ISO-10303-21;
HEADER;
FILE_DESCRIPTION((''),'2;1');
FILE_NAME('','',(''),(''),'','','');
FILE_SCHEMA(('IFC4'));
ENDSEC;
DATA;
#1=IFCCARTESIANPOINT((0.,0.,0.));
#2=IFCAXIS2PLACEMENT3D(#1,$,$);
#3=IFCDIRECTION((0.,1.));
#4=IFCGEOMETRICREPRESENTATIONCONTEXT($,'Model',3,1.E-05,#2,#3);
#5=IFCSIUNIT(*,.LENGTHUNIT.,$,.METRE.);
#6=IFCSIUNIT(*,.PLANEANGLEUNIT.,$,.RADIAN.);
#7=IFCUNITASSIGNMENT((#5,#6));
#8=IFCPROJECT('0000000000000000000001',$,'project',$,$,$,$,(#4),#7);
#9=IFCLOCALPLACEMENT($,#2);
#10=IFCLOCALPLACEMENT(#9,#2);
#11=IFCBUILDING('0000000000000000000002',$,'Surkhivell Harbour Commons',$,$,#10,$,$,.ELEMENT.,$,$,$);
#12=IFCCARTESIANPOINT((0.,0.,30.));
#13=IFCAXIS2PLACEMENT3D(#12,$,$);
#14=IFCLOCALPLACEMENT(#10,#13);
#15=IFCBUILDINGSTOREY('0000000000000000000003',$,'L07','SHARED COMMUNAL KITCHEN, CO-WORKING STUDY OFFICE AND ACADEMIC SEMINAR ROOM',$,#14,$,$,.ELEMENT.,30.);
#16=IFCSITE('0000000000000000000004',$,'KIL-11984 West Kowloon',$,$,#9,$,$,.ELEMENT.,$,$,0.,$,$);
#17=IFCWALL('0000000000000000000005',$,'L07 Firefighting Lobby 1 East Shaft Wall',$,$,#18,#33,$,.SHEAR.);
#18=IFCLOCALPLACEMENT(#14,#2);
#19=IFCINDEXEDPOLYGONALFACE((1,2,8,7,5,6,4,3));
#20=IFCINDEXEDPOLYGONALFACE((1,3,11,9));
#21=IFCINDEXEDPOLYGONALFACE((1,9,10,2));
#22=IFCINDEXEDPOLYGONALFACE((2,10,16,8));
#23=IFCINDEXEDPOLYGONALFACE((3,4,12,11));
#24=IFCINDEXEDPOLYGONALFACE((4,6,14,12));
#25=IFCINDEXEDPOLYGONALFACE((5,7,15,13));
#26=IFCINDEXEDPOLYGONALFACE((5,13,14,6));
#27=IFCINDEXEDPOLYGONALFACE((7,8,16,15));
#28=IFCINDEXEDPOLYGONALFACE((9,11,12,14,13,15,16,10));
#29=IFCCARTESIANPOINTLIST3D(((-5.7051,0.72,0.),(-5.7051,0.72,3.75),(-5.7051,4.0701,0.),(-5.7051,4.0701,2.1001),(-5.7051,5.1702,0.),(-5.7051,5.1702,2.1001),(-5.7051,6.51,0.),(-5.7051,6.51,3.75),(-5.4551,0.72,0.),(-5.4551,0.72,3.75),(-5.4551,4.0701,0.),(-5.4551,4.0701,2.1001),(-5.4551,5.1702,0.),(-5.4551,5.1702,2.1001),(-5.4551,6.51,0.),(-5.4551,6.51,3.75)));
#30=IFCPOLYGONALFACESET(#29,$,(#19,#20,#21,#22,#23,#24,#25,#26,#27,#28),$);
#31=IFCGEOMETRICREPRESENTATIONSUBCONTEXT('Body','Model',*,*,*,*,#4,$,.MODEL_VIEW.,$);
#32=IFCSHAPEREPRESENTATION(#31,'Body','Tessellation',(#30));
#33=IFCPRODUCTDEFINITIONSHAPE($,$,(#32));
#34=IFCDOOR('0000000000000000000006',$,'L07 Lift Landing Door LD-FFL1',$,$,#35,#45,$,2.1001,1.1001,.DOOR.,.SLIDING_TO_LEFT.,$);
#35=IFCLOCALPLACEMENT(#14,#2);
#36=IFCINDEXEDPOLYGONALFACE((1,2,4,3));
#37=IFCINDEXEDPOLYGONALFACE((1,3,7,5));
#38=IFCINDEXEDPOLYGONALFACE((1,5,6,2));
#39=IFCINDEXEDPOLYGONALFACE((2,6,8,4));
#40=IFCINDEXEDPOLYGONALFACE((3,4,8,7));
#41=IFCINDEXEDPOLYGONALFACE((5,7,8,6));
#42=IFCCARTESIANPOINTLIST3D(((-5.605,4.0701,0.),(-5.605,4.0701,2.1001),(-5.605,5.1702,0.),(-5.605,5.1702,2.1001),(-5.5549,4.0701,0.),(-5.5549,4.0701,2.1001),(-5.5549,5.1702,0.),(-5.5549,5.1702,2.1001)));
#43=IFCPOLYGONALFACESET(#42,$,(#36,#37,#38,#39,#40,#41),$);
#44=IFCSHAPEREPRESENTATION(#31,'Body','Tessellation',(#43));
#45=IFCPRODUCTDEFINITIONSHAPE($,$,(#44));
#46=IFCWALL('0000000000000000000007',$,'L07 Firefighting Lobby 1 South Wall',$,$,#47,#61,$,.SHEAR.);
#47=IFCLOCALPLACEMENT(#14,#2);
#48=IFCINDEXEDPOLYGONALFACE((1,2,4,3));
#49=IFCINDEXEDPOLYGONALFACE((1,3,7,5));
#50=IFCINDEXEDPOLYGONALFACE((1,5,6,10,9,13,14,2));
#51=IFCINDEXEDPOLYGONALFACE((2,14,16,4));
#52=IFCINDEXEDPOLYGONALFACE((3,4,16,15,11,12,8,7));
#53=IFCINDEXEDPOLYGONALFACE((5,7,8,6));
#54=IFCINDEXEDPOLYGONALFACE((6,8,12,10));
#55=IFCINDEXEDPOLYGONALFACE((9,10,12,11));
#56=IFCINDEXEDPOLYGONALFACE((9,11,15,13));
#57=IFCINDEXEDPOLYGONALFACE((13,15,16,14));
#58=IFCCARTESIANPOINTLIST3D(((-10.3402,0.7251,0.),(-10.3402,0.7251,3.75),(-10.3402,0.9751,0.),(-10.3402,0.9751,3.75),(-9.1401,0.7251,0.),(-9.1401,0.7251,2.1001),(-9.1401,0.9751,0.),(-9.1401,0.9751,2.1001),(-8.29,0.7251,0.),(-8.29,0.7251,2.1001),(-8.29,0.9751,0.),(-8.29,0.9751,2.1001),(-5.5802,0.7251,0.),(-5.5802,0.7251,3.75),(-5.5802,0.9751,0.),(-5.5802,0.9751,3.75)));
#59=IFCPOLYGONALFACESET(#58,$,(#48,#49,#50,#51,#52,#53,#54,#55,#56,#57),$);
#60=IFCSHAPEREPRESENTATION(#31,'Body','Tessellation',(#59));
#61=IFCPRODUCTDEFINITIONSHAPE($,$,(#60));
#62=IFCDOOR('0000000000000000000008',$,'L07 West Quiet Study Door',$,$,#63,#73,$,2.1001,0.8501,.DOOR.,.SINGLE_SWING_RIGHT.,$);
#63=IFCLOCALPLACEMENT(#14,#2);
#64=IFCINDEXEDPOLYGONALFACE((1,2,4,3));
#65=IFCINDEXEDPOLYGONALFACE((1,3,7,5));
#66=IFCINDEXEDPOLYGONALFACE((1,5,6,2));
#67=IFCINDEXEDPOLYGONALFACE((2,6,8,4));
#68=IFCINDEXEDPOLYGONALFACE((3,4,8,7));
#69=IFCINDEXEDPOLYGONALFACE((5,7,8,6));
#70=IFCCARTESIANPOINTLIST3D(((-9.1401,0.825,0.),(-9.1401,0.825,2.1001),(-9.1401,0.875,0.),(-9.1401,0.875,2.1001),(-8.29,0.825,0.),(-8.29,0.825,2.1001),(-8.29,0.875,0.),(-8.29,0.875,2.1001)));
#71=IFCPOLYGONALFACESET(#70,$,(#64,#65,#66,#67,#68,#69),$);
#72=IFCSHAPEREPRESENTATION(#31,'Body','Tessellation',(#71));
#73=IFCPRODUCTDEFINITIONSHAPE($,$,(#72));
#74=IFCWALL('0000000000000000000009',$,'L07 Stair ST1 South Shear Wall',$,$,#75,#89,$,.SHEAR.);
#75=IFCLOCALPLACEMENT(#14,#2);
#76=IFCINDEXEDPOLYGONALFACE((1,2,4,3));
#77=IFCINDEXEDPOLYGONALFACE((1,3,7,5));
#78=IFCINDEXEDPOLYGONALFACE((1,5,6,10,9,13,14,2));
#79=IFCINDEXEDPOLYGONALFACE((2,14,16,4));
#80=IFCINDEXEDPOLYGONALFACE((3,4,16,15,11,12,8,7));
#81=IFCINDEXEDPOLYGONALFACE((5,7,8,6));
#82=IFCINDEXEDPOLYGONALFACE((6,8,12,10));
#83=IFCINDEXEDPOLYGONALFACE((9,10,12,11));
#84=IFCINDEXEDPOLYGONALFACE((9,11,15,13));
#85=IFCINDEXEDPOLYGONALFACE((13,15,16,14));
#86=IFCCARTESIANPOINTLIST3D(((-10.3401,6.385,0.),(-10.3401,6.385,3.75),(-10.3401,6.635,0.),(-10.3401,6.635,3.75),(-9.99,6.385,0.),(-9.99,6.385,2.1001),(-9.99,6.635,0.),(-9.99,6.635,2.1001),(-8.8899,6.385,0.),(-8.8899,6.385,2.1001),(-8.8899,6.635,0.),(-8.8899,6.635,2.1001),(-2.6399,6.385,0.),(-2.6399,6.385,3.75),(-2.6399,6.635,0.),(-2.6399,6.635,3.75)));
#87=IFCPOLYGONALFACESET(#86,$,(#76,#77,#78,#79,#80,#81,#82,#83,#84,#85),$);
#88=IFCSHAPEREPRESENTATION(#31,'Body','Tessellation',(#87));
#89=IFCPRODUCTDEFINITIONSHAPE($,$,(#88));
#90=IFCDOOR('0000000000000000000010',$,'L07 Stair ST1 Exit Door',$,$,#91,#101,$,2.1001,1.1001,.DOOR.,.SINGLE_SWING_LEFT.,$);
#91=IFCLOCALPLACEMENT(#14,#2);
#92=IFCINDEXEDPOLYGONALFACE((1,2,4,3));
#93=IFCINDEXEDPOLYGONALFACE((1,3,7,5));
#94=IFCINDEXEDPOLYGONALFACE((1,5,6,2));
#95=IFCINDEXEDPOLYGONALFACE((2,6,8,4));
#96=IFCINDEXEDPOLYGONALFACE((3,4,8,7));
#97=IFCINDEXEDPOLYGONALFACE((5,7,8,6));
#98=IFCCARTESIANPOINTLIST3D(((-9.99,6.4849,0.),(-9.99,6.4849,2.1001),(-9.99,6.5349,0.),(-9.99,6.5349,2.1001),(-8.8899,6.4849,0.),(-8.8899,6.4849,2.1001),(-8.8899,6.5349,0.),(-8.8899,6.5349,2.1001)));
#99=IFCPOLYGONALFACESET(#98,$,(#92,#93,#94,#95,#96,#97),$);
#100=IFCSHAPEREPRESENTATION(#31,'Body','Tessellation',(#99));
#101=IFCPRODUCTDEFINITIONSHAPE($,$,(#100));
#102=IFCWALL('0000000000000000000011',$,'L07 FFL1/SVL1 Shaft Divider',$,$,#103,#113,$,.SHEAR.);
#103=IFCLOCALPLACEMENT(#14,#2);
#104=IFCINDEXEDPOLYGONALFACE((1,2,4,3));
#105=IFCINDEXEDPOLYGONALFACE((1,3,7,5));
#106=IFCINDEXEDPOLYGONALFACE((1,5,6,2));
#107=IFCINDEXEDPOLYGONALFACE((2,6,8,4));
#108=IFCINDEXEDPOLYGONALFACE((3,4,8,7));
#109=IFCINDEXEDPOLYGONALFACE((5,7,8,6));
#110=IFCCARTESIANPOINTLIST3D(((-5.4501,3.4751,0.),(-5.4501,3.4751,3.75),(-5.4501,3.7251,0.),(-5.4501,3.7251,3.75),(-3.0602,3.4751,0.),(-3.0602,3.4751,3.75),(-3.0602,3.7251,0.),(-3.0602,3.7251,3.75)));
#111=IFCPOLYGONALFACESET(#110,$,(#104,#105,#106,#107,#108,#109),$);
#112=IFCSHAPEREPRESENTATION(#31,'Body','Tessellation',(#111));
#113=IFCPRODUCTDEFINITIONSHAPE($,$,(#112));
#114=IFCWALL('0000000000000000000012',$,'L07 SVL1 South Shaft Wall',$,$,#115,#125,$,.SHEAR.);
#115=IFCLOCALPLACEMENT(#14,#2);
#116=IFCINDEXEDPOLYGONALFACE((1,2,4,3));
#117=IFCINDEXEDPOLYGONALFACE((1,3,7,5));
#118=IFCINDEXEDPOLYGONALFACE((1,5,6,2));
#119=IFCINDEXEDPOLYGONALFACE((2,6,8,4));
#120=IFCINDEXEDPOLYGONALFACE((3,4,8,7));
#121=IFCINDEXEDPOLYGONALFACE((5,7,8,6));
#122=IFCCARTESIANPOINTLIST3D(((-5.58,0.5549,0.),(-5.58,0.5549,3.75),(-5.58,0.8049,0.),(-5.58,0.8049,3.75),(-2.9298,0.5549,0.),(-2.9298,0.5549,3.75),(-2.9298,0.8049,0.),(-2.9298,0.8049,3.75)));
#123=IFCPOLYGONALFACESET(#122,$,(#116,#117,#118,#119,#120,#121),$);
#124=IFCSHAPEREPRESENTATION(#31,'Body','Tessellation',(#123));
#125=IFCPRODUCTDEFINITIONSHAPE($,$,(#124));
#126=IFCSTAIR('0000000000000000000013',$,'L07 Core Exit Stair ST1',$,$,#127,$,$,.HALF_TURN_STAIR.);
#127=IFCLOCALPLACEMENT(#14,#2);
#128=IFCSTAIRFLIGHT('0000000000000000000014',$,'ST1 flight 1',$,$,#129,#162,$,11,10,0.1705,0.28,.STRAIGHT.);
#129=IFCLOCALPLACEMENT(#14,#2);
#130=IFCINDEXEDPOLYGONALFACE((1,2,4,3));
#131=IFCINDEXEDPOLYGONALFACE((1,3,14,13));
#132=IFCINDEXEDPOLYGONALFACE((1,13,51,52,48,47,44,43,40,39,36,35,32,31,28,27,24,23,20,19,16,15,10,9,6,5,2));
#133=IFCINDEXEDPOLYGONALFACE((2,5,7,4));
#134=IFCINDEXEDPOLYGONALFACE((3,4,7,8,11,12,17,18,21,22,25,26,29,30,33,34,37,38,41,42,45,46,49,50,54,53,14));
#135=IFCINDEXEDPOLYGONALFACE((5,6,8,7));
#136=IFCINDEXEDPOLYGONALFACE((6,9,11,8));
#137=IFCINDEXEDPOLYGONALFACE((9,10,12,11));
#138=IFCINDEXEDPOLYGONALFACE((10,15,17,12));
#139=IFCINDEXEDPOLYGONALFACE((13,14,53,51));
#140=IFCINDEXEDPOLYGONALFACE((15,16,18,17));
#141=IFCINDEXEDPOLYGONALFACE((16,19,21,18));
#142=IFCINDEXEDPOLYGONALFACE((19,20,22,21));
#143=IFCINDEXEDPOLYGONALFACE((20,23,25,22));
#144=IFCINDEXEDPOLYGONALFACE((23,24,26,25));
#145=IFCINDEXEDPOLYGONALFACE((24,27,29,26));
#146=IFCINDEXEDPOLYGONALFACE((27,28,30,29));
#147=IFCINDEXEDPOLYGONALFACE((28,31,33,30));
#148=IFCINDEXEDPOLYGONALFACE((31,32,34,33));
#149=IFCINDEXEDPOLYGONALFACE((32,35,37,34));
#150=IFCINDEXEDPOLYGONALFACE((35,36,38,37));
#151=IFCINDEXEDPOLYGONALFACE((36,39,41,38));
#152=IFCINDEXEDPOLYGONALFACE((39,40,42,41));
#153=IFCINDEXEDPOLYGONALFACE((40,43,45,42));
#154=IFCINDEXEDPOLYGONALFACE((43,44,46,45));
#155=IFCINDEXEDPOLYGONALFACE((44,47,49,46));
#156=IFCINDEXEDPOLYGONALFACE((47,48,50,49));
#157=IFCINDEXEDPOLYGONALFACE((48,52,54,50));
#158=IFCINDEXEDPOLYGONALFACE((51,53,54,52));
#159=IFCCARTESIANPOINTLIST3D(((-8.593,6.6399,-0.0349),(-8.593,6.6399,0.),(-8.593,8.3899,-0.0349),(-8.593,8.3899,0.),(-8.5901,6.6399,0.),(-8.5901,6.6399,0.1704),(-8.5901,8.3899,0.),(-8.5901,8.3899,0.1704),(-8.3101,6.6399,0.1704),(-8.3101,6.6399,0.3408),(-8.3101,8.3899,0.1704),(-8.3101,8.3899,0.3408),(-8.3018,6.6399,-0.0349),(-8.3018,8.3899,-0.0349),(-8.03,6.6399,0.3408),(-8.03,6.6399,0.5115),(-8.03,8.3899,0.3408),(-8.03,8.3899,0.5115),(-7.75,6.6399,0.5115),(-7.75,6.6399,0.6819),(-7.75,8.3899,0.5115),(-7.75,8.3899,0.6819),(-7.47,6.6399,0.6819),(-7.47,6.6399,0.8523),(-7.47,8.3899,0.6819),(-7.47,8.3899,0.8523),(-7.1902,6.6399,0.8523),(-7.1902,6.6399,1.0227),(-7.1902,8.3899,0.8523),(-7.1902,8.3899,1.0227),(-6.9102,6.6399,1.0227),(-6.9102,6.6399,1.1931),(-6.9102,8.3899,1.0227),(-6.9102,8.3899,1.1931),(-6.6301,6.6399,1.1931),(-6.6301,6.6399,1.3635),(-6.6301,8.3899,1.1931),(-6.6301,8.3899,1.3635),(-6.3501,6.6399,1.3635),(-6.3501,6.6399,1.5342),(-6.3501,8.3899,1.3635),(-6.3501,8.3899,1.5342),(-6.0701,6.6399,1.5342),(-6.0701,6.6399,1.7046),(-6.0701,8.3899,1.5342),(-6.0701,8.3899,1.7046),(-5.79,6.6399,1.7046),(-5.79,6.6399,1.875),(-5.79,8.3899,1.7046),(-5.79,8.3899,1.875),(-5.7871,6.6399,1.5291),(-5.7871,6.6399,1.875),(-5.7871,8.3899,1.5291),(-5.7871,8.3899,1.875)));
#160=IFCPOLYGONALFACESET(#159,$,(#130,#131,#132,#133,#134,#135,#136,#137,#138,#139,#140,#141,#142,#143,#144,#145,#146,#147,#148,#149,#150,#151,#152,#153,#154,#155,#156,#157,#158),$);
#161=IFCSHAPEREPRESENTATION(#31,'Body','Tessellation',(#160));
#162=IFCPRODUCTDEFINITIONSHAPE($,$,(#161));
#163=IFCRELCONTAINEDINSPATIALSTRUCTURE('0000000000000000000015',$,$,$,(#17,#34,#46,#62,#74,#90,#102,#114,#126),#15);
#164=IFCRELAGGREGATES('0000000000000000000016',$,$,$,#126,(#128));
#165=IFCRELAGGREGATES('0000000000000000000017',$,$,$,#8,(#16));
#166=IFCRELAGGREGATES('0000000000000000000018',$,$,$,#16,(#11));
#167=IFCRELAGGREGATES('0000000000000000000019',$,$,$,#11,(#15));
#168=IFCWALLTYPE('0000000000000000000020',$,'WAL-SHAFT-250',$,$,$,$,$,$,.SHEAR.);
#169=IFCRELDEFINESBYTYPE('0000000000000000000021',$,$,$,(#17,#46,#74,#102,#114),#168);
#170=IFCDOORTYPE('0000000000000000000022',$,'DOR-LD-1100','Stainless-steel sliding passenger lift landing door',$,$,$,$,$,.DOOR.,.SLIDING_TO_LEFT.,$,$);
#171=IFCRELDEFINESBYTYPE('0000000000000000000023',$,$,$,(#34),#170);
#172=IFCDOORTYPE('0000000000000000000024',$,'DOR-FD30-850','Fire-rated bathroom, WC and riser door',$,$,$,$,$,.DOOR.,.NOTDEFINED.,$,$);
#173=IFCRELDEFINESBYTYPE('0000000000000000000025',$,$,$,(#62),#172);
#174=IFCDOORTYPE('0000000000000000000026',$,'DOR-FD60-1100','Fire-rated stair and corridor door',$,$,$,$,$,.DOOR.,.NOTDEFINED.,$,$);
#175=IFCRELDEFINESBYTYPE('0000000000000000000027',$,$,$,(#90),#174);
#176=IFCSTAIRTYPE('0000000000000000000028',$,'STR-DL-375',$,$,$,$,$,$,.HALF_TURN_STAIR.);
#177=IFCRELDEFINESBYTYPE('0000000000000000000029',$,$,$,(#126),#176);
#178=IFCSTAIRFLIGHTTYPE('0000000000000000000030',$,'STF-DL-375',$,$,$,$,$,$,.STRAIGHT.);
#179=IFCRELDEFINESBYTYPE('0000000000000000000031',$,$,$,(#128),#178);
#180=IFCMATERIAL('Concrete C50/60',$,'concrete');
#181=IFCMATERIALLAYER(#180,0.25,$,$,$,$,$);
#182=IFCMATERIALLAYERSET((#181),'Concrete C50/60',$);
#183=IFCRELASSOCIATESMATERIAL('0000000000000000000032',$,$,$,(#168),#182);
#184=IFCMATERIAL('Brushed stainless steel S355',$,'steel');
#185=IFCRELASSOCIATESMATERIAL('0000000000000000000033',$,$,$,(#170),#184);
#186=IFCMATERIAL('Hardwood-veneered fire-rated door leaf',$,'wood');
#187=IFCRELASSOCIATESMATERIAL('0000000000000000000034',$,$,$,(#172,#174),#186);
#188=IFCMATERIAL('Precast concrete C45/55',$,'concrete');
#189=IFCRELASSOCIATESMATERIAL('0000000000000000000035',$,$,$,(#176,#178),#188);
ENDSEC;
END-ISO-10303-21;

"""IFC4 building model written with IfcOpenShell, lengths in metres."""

from ifc_helpers import new_model, si_unit, direction, frame, frame_2d, origin, place, context, subcontext, project, spatial, polyline, rectangle, outline, extrude, material, layer, layer_set, type_object, element, fill, aggregate, save


model = new_model("IFC4")

# Units and contexts
model_context = context("Model", 3, precision=1e-05, world=origin(), true_north=direction((0.0, 1.0)))
body_context = subcontext(model_context, "Body", "Model", "MODEL_VIEW")
ifc_project = project(units=[si_unit("LENGTHUNIT", "METRE"), si_unit("PLANEANGLEUNIT", "RADIAN")], contexts=[model_context])

# Site, building, storey
site_placement = place(None, origin())
site = spatial("IfcSite", under=ifc_project, at=site_placement, Name="KIL-11984 West Kowloon", CompositionType="ELEMENT", RefElevation=0.0)
building_placement = place(site_placement, origin())
building = spatial("IfcBuilding", under=site, at=building_placement, Name="Surkhivell Harbour Commons", CompositionType="ELEMENT")
storey_placement = place(building_placement, frame((0.0, 0.0, 30.0)))
storey = spatial("IfcBuildingStorey", under=building, at=storey_placement, Name="L07", Description="SHARED COMMUNAL KITCHEN, CO-WORKING STUDY OFFICE AND ACADEMIC SEMINAR ROOM", CompositionType="ELEMENT", Elevation=30.0)

# Shared definitions
ifc_material_1 = material(Name="Hardwood-veneered fire-rated door leaf", Category="wood")

# Walls, openings, doors
ifc_material_2 = material(Name="Concrete C50/60", Category="concrete")
ifc_layer_1 = layer(ifc_material_2, 0.25)
ifc_layer_set_1 = layer_set([ifc_layer_1], Name="Concrete C50/60")
wall_type_1 = type_object("IfcWallType", Name="WAL-SHAFT-250", PredefinedType="SHEAR", material=ifc_layer_set_1)
wall_1_placement = place(storey_placement, frame((-5.5801, 0.72, 0.0), z_axis=(0.0, 0.0, 1.0), x_axis=(0.0, 1.0, 0.0)))
wall_1 = element("IfcWall", 1, at=wall_1_placement, inside=storey, type_object=wall_type_1, Name="L07 Firefighting Lobby 1 East Shaft Wall", PredefinedType="SHEAR", context=body_context, shape_type="SweptSolid", body=[
    extrude(rectangle(XDim=5.79, YDim=0.25, at=frame_2d((2.895, 0.0))), origin(), (0.0, 0.0, 1.0), 3.75),
])
opening_1_placement = place(wall_1_placement, frame((3.3501, 0.0, 0.0)))
opening_1 = element("IfcOpeningElement", 2, at=opening_1_placement, cuts=wall_1, PredefinedType="OPENING", context=body_context, shape_type="SweptSolid", body=[
    extrude(rectangle(XDim=1.1001, YDim=2.1001, at=frame_2d((0.55, 1.05))), frame((0.0, 0.135, 0.0), z_axis=(0.0, -1.0, 0.0), x_axis=(1.0, 0.0, 0.0)), (0.0, 0.0, 1.0), 0.27),
])
ifc_material_3 = material(Name="Brushed stainless steel S355", Category="steel")
door_type_1 = type_object("IfcDoorType", Name="DOR-LD-1100", Description="Stainless-steel sliding passenger lift landing door", OperationType="SLIDING_TO_LEFT", PredefinedType="DOOR", material=ifc_material_3)
door_1_placement = place(opening_1_placement, origin())
door_1 = element("IfcDoor", 3, at=door_1_placement, inside=storey, type_object=door_type_1, Name="L07 Lift Landing Door LD-FFL1", OperationType="SLIDING_TO_LEFT", OverallHeight=2.1001, OverallWidth=1.1001, PredefinedType="DOOR", context=body_context, shape_type="SweptSolid", body=[
    extrude(rectangle(XDim=1.1001, YDim=2.1001, at=frame_2d((0.55, 1.05))), frame((0.0, 0.0249, 0.0), z_axis=(0.0, -1.0, 0.0), x_axis=(1.0, 0.0, 0.0)), (0.0, 0.0, 1.0), 0.05),
])
fill(opening_1, door_1)
wall_2_placement = place(storey_placement, frame((-10.3401, 0.8501, 0.0), z_axis=(0.0, 0.0, 1.0), x_axis=(1.0, 0.0, 0.0)))
wall_2 = element("IfcWall", 4, at=wall_2_placement, inside=storey, type_object=wall_type_1, Name="L07 Firefighting Lobby 1 South Wall", PredefinedType="SHEAR", context=body_context, shape_type="SweptSolid", body=[
    extrude(rectangle(XDim=4.76, YDim=0.25, at=frame_2d((2.3799, 0.0))), origin(), (0.0, 0.0, 1.0), 3.75),
])
opening_2_placement = place(wall_2_placement, frame((1.2, 0.0, 0.0)))
opening_2 = element("IfcOpeningElement", 5, at=opening_2_placement, cuts=wall_2, PredefinedType="OPENING", context=body_context, shape_type="SweptSolid", body=[
    extrude(rectangle(XDim=0.8501, YDim=2.1001, at=frame_2d((0.425, 1.05))), frame((0.0, 0.135, 0.0), z_axis=(0.0, -1.0, 0.0), x_axis=(1.0, 0.0, 0.0)), (0.0, 0.0, 1.0), 0.27),
])
door_type_2 = type_object("IfcDoorType", Name="DOR-FD30-850", Description="Fire-rated bathroom, WC and riser door", OperationType="NOTDEFINED", PredefinedType="DOOR", material=ifc_material_1)
door_2_placement = place(opening_2_placement, origin())
door_2 = element("IfcDoor", 6, at=door_2_placement, inside=storey, type_object=door_type_2, Name="L07 West Quiet Study Door", OperationType="SINGLE_SWING_RIGHT", OverallHeight=2.1001, OverallWidth=0.8501, PredefinedType="DOOR", context=body_context, shape_type="SweptSolid", body=[
    extrude(rectangle(XDim=0.8501, YDim=2.1001, at=frame_2d((0.425, 1.05))), frame((0.0, 0.0249, 0.0), z_axis=(0.0, -1.0, 0.0), x_axis=(1.0, 0.0, 0.0)), (0.0, 0.0, 1.0), 0.05),
])
fill(opening_2, door_2)
wall_3_placement = place(storey_placement, frame((-10.3401, 6.51, 0.0), z_axis=(0.0, 0.0, 1.0), x_axis=(1.0, 0.0, 0.0)))
wall_3 = element("IfcWall", 7, at=wall_3_placement, inside=storey, type_object=wall_type_1, Name="L07 Stair ST1 South Shear Wall", PredefinedType="SHEAR", context=body_context, shape_type="SweptSolid", body=[
    extrude(rectangle(XDim=7.7002, YDim=0.25, at=frame_2d((3.8501, 0.0))), origin(), (0.0, 0.0, 1.0), 3.75),
])
opening_3_placement = place(wall_3_placement, frame((0.3501, 0.0, 0.0)))
opening_3 = element("IfcOpeningElement", 8, at=opening_3_placement, cuts=wall_3, PredefinedType="OPENING", context=body_context, shape_type="SweptSolid", body=[
    extrude(rectangle(XDim=1.1001, YDim=2.1001, at=frame_2d((0.55, 1.05))), frame((0.0, 0.135, 0.0), z_axis=(0.0, -1.0, 0.0), x_axis=(1.0, 0.0, 0.0)), (0.0, 0.0, 1.0), 0.27),
])
door_type_3 = type_object("IfcDoorType", Name="DOR-FD60-1100", Description="Fire-rated stair and corridor door", OperationType="NOTDEFINED", PredefinedType="DOOR", material=ifc_material_1)
door_3_placement = place(opening_3_placement, origin())
door_3 = element("IfcDoor", 9, at=door_3_placement, inside=storey, type_object=door_type_3, Name="L07 Stair ST1 Exit Door", OperationType="SINGLE_SWING_LEFT", OverallHeight=2.1001, OverallWidth=1.1001, PredefinedType="DOOR", context=body_context, shape_type="SweptSolid", body=[
    extrude(rectangle(XDim=1.1001, YDim=2.1001, at=frame_2d((0.55, 1.05))), frame((0.0, 0.0249, 0.0), z_axis=(0.0, -1.0, 0.0), x_axis=(1.0, 0.0, 0.0)), (0.0, 0.0, 1.0), 0.05),
])
fill(opening_3, door_3)

# Walls
wall_4_placement = place(storey_placement, frame((-5.45, 3.6001, 0.0), z_axis=(0.0, 0.0, 1.0), x_axis=(1.0, 0.0, 0.0)))
element("IfcWall", 10, at=wall_4_placement, inside=storey, type_object=wall_type_1, Name="L07 FFL1/SVL1 Shaft Divider", PredefinedType="SHEAR", context=body_context, shape_type="SweptSolid", body=[
    extrude(rectangle(XDim=2.3899, YDim=0.25, at=frame_2d((1.1948, 0.0))), origin(), (0.0, 0.0, 1.0), 3.75),
])
wall_5_placement = place(storey_placement, frame((-5.5801, 0.6799, 0.0), z_axis=(0.0, 0.0, 1.0), x_axis=(1.0, 0.0, 0.0)))
element("IfcWall", 11, at=wall_5_placement, inside=storey, type_object=wall_type_1, Name="L07 SVL1 South Shaft Wall", PredefinedType="SHEAR", context=body_context, shape_type="SweptSolid", body=[
    extrude(rectangle(XDim=2.6501, YDim=0.25, at=frame_2d((1.3252, 0.0))), origin(), (0.0, 0.0, 1.0), 3.75),
])

# Stair, stair flight
ifc_material_4 = material(Name="Precast concrete C45/55", Category="concrete")
stair_type = type_object("IfcStairType", Name="STR-DL-375", PredefinedType="HALF_TURN_STAIR", material=ifc_material_4)
stair_placement = place(storey_placement, origin())
stair = element("IfcStair", 12, at=stair_placement, inside=storey, type_object=stair_type, Name="L07 Core Exit Stair ST1", PredefinedType="HALF_TURN_STAIR")
stair_flight_type = type_object("IfcStairFlightType", Name="STF-DL-375", PredefinedType="STRAIGHT", material=ifc_material_4)
stair_flight_1_placement = place(storey_placement, frame((-8.5901, 7.5149, 0.0), z_axis=(0.0, 0.0, 1.0), x_axis=(1.0, 0.0, 0.0)))
stair_flight_1 = element("IfcStairFlight", 13, at=stair_flight_1_placement, type_object=stair_flight_type, Name="ST1 flight 1", NumberOfRisers=11, NumberOfTreads=10, PredefinedType="STRAIGHT", RiserHeight=0.1705, TreadLength=0.28, context=body_context, shape_type="SweptSolid", body=[
    extrude(outline(polyline([(-0.0029, -0.0349), (-0.0029, 0.0), (0.0, 0.0), (0.0, 0.1704), (0.28, 0.1704), (0.28, 0.3408), (0.5601, 0.3408), (0.5601, 0.5115), (0.8401, 0.5115), (0.8401, 0.6819), (1.1201, 0.6819), (1.1201, 0.8523), (1.3999, 0.8523), (1.3999, 1.0227), (1.6799, 1.0227), (1.6799, 1.1931), (1.96, 1.1931), (1.96, 1.3635), (2.24, 1.3635), (2.24, 1.5342), (2.52, 1.5342), (2.52, 1.7046), (2.8, 1.7046), (2.8, 1.875), (2.803, 1.875), (2.803, 1.5291), (0.2883, -0.0349), (-0.0029, -0.0349)])), frame((0.0, 0.875, 0.0), z_axis=(0.0, -1.0, 0.0), x_axis=(1.0, 0.0, 0.0)), (0.0, 0.0, 1.0), 1.75),
])
aggregate(stair, [stair_flight_1])

save(model, "model.ifc")
